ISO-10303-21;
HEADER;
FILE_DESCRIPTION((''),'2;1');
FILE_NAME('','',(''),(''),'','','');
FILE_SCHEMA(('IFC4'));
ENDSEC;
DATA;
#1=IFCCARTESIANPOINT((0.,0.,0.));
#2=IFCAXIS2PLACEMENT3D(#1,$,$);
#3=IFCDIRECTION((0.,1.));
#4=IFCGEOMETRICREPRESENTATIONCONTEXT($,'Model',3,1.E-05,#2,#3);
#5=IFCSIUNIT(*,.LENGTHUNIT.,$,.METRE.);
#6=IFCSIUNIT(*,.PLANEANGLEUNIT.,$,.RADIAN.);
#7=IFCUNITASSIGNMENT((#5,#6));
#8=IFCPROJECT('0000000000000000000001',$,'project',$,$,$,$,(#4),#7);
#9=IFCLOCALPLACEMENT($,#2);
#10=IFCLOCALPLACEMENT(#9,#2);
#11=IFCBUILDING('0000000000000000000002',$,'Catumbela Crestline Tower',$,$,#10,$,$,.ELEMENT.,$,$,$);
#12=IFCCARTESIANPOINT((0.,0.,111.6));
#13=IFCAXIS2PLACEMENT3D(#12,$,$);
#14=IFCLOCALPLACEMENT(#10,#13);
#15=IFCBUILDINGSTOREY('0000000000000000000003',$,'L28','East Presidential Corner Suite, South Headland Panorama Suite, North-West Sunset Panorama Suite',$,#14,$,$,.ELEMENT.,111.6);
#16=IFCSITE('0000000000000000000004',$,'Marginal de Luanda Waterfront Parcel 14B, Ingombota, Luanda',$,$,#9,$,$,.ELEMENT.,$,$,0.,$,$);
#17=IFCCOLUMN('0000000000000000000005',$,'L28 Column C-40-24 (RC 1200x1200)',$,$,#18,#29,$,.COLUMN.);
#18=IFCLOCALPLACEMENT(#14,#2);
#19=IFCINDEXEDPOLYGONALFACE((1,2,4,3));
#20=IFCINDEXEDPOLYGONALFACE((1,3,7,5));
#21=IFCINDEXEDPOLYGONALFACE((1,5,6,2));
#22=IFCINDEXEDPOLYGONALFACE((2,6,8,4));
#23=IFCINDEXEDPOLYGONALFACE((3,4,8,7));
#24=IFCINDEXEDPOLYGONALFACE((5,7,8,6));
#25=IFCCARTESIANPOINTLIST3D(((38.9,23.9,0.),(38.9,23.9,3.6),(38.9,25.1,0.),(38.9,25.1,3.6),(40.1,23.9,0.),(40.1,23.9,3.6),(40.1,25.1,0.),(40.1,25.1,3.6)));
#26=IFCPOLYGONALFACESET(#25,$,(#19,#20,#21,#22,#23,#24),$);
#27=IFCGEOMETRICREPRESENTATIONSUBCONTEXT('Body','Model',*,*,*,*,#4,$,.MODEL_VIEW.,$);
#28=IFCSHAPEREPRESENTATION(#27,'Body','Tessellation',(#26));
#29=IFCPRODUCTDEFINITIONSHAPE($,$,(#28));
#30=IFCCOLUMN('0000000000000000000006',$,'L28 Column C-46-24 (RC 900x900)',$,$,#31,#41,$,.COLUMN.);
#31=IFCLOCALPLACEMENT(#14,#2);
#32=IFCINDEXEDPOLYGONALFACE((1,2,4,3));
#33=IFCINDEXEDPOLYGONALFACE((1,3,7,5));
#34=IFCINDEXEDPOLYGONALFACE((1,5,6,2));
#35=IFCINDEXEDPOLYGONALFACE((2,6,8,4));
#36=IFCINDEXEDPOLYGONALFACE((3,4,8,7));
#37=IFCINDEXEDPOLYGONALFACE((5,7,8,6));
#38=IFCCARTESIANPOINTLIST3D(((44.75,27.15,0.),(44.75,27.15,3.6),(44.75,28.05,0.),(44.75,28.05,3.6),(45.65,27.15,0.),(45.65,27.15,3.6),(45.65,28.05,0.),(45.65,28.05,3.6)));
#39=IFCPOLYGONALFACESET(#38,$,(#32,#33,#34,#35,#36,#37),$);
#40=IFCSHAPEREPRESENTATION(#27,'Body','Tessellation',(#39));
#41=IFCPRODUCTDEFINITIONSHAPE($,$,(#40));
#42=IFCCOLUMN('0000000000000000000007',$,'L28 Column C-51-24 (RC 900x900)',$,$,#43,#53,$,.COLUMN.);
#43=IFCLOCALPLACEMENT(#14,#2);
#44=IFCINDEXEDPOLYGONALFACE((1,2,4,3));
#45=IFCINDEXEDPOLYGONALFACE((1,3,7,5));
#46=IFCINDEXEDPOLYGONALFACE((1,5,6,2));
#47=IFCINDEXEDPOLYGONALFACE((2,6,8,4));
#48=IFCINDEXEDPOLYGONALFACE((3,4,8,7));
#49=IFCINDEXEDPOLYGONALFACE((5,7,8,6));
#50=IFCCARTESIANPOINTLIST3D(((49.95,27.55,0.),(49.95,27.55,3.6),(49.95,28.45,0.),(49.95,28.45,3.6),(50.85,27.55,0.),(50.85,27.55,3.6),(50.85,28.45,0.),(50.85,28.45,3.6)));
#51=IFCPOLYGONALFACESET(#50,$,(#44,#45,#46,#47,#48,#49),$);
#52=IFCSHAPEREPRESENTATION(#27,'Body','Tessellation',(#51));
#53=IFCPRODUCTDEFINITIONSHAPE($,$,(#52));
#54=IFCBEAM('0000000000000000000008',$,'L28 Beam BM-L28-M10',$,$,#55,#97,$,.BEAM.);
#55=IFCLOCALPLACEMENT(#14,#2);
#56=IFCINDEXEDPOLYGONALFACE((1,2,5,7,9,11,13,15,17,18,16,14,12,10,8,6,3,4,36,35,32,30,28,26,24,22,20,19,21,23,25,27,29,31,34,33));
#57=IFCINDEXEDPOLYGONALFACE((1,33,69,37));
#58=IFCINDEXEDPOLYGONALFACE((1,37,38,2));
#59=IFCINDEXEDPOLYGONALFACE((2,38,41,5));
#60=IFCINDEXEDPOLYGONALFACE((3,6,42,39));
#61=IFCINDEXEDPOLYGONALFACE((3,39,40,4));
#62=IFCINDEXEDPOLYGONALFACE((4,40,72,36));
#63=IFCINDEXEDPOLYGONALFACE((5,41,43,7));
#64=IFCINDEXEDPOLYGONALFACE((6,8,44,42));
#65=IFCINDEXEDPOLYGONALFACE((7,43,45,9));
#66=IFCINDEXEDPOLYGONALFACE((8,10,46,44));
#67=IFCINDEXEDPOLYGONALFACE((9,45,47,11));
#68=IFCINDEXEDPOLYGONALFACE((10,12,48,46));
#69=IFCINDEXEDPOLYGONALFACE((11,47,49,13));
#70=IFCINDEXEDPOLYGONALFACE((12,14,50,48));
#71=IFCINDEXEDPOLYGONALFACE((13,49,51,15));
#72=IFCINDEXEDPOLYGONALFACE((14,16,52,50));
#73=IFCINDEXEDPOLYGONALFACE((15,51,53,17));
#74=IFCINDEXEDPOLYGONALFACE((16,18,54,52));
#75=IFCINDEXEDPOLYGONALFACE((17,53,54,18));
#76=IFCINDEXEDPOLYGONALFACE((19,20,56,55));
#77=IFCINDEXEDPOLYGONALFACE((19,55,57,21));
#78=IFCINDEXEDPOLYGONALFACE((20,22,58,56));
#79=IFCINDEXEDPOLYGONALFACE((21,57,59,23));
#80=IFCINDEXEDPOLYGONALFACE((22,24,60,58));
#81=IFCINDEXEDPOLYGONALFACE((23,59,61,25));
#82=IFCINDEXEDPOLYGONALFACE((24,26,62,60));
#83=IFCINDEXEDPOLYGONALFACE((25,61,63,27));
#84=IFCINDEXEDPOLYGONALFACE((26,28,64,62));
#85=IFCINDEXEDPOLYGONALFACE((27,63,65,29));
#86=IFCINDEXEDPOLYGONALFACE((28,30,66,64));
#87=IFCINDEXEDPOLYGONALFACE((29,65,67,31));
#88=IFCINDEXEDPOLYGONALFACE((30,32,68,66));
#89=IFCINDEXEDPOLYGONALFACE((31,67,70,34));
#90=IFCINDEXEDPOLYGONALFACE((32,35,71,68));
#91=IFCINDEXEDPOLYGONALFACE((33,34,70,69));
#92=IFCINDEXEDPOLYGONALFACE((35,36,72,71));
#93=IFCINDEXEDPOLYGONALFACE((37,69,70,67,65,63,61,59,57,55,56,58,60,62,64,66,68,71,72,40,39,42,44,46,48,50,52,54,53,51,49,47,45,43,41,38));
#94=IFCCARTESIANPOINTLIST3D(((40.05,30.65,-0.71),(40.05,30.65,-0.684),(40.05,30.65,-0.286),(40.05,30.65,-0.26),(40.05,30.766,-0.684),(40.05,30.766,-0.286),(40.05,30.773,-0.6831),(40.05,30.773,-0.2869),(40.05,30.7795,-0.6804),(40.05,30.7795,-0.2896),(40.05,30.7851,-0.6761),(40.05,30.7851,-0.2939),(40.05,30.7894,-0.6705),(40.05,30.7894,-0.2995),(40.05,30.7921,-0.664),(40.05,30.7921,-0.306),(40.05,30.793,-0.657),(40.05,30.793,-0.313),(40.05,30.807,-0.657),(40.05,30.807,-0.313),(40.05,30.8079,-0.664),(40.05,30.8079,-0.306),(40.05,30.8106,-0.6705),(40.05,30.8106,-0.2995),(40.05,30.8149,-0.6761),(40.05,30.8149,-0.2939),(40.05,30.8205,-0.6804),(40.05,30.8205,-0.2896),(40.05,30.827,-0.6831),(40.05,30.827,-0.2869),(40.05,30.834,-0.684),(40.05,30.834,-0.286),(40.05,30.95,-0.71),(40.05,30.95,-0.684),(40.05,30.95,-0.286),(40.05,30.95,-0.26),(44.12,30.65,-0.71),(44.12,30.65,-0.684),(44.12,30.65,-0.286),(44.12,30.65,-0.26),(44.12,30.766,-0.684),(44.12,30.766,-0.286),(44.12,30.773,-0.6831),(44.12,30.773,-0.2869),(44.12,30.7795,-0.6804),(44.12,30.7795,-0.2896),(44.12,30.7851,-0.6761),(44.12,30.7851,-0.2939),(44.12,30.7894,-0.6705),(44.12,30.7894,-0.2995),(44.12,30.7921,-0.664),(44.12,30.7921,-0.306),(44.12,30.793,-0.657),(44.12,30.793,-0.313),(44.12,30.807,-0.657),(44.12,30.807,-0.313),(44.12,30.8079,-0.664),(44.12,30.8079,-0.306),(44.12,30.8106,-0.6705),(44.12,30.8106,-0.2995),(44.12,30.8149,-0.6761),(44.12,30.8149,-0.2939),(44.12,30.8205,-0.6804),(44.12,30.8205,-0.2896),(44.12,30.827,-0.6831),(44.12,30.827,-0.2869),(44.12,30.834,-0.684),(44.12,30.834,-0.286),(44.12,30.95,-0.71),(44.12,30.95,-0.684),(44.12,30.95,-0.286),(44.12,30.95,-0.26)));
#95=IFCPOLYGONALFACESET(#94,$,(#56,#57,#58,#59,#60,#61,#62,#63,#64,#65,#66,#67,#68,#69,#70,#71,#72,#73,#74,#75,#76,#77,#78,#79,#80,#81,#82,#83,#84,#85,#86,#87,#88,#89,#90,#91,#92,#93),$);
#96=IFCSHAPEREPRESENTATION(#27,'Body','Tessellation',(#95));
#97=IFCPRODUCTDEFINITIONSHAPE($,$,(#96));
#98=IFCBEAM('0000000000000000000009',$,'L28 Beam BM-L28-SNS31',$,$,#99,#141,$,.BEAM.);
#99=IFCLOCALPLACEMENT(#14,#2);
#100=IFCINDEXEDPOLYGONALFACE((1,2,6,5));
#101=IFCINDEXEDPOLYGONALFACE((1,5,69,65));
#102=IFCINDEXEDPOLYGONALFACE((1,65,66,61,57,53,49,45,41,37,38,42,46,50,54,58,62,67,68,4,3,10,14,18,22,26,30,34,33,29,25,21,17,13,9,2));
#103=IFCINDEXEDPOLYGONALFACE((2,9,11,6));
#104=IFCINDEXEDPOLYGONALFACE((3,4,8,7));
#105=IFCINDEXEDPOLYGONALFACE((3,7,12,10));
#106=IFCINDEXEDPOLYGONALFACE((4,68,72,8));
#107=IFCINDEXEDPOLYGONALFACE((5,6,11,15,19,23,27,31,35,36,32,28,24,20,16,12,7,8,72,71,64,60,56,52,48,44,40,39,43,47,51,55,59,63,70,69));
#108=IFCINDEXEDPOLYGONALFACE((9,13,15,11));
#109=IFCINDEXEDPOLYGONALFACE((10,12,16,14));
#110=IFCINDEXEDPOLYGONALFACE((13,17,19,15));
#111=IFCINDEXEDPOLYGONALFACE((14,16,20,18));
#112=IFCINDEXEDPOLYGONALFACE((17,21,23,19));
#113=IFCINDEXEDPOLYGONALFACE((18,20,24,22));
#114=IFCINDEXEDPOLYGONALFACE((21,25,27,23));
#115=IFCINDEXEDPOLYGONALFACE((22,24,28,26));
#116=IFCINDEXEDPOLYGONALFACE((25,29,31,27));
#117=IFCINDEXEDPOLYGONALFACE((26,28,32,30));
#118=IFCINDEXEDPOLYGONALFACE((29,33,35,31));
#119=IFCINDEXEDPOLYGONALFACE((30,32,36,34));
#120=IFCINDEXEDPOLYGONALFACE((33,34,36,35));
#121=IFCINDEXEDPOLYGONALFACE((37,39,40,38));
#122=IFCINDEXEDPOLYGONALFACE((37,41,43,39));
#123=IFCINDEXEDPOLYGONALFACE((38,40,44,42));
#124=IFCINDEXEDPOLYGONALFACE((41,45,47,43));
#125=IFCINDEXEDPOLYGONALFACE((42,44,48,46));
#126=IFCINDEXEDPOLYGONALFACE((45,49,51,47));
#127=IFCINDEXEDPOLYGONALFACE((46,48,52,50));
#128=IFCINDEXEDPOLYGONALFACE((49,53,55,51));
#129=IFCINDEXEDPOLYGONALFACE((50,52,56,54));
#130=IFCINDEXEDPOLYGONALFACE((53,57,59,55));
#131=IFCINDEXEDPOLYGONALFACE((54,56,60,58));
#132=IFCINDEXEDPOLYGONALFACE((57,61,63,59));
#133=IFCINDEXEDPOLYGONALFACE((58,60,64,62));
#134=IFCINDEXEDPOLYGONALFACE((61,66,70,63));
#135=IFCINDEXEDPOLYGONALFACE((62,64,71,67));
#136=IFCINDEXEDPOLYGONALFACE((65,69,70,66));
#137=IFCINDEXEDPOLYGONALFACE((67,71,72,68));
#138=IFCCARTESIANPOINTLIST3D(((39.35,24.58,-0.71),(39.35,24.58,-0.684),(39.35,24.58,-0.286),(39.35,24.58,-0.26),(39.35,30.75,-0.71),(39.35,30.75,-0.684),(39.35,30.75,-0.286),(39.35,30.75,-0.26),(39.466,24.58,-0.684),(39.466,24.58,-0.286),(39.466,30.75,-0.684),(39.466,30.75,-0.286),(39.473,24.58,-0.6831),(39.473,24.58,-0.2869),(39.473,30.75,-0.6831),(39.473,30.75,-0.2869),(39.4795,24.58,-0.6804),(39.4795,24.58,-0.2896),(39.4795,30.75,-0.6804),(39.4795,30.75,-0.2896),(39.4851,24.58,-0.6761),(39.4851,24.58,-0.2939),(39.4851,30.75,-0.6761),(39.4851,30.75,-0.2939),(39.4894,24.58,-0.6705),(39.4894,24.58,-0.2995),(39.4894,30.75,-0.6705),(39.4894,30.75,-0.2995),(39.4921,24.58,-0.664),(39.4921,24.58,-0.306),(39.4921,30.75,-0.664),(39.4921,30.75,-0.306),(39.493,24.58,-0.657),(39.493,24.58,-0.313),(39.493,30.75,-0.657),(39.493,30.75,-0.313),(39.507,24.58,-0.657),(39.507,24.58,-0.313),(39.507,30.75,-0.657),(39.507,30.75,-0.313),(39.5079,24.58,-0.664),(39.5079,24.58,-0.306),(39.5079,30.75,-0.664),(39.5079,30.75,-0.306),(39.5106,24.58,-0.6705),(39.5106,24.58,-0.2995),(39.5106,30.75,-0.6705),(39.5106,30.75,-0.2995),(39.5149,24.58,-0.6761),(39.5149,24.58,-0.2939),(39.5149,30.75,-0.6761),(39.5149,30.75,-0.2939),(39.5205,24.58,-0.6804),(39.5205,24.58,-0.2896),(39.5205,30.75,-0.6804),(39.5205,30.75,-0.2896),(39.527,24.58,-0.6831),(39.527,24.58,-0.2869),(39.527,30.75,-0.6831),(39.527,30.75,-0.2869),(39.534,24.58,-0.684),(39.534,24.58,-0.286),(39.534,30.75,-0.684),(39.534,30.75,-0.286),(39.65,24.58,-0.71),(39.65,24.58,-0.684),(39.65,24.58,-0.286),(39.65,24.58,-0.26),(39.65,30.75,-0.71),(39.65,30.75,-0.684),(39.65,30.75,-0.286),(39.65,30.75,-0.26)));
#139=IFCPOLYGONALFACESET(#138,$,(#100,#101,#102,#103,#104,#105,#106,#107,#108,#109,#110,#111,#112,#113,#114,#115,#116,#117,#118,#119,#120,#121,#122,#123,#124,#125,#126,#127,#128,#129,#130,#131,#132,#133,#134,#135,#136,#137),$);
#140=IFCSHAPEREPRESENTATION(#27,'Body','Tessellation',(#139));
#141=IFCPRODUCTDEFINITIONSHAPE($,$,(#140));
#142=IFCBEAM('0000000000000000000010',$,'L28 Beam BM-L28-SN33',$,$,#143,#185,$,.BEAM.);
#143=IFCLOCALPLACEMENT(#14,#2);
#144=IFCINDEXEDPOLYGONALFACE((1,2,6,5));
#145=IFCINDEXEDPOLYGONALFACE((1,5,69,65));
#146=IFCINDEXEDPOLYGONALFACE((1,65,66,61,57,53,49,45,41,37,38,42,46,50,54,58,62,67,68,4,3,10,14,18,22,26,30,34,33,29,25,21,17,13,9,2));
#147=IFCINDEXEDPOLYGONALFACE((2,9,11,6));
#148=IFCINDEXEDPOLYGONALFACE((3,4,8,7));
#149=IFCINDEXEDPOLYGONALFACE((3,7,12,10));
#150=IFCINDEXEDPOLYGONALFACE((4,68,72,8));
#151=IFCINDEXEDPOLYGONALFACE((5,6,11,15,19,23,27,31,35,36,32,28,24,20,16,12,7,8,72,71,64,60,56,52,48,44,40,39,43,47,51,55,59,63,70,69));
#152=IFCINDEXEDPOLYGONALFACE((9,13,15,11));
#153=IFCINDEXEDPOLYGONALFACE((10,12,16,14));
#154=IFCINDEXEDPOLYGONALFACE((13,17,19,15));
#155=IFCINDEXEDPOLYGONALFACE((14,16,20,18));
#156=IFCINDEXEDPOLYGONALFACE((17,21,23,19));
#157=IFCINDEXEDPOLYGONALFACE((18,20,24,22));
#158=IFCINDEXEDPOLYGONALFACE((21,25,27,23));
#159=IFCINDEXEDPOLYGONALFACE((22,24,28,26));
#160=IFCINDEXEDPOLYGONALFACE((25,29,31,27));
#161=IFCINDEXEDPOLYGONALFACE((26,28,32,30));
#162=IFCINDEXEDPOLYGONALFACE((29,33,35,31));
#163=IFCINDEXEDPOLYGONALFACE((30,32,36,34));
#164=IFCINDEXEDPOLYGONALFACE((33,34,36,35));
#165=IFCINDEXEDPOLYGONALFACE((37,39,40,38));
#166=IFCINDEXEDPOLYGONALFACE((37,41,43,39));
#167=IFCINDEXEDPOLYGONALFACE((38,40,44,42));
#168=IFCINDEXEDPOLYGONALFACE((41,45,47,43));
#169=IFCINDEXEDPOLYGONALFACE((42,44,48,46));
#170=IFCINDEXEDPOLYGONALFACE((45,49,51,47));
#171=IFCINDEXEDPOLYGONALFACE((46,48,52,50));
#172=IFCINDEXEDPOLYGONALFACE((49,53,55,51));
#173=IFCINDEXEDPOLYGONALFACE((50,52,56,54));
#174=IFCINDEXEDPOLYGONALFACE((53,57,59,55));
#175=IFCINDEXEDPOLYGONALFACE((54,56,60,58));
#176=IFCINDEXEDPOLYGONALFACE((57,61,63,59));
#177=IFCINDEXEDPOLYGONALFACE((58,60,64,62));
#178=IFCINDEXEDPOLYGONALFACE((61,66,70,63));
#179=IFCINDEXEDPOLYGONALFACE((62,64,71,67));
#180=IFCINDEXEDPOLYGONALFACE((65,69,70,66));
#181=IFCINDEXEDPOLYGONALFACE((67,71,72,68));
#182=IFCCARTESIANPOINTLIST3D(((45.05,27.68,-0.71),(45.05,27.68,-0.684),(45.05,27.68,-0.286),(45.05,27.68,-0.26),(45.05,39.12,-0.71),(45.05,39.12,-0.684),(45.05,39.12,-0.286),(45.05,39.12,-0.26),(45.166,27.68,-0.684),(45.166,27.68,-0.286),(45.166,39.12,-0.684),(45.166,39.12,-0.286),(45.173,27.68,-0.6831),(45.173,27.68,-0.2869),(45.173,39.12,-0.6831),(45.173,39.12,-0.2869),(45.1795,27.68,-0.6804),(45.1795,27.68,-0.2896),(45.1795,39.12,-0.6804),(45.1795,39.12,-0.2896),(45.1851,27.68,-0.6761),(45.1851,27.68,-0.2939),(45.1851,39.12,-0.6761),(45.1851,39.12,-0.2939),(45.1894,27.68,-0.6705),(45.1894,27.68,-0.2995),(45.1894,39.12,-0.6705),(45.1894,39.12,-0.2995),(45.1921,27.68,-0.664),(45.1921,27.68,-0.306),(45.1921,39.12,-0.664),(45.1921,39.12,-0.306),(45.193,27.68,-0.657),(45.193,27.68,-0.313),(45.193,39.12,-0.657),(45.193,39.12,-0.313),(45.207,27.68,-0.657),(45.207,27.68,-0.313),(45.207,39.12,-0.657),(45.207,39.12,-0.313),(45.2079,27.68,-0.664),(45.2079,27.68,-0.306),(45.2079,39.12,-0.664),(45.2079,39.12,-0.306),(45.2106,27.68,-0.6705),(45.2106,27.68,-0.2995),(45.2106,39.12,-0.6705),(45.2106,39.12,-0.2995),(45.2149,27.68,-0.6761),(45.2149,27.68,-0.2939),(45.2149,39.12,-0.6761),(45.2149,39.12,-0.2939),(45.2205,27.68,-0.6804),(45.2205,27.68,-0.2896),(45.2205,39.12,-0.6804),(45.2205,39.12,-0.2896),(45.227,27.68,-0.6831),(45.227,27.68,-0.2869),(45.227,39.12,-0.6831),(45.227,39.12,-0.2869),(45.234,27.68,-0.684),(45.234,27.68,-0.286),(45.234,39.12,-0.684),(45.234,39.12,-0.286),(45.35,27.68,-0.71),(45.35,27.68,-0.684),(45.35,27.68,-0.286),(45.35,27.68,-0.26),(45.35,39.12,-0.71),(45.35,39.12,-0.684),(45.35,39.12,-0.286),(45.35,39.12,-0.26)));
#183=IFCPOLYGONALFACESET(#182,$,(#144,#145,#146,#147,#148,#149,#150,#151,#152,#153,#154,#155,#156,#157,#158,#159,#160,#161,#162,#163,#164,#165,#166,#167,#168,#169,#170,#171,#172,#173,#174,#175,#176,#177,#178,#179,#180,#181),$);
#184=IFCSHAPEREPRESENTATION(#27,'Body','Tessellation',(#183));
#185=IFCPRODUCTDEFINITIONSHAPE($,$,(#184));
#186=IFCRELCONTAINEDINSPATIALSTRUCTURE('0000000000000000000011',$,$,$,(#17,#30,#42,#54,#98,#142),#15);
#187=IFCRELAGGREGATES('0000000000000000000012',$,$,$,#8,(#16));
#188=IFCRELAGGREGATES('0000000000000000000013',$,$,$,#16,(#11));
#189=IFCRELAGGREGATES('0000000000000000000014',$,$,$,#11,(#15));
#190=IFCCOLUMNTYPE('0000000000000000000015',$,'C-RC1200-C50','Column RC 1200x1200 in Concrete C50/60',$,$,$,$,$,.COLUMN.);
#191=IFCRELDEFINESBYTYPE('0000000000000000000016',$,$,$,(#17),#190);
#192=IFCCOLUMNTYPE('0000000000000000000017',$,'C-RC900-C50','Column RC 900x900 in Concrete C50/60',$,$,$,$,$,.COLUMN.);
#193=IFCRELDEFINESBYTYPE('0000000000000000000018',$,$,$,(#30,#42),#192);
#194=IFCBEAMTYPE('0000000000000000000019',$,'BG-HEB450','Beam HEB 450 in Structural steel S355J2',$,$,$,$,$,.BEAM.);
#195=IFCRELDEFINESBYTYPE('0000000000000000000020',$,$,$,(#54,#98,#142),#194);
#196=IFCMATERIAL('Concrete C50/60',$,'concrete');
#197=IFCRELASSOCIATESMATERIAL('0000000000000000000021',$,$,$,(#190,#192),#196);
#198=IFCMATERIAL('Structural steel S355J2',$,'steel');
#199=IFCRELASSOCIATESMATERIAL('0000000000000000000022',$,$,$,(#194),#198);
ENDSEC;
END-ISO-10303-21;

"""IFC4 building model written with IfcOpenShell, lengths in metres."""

from ifc_helpers import new_model, si_unit, direction, frame, origin, origin_2d, place, context, subcontext, project, spatial, rectangle, i_section, extrude, material, material_profile, profile_set, type_object, element, save


model = new_model("IFC4")

# Units and contexts
model_context = context("Model", 3, precision=1e-05, world=origin(), true_north=direction((0.0, 1.0)))
body_context = subcontext(model_context, "Body", "Model", "MODEL_VIEW")
ifc_project = project(units=[si_unit("LENGTHUNIT", "METRE"), si_unit("PLANEANGLEUNIT", "RADIAN")], contexts=[model_context])

# Site, building, storey
site_placement = place(None, origin())
site = spatial("IfcSite", under=ifc_project, at=site_placement, Name="Marginal de Luanda Waterfront Parcel 14B, Ingombota, Luanda", CompositionType="ELEMENT", RefElevation=0.0)
building_placement = place(site_placement, origin())
building = spatial("IfcBuilding", under=site, at=building_placement, Name="Catumbela Crestline Tower", CompositionType="ELEMENT")
storey_placement = place(building_placement, frame((0.0, 0.0, 111.6)))
storey = spatial("IfcBuildingStorey", under=building, at=storey_placement, Name="L28", Description="East Presidential Corner Suite, South Headland Panorama Suite, North-West Sunset Panorama Suite", CompositionType="ELEMENT", Elevation=111.6)

# Columns
ifc_material_1 = material(Name="Concrete C50/60", Category="concrete")
ifc_material_profile_1 = material_profile(ifc_material_1, rectangle(XDim=1.2, YDim=1.2, at=origin_2d()), Name="RC 1200x1200")
ifc_profile_set_1 = profile_set([ifc_material_profile_1], Name="Concrete C50/60")
column_type_1 = type_object("IfcColumnType", Name="C-RC1200-C50", Description="Column RC 1200x1200 in Concrete C50/60", PredefinedType="COLUMN", material=ifc_profile_set_1)
column_placement = place(storey_placement, frame((39.5, 24.5, 0.0), z_axis=(0.0, 0.0, 1.0), x_axis=(1.0, 0.0, 0.0)))
element("IfcColumn", 1, at=column_placement, inside=storey, type_object=column_type_1, Name="L28 Column C-40-24 (RC 1200x1200)", PredefinedType="COLUMN", context=body_context, shape_type="SweptSolid", body=[
    extrude(rectangle(XDim=1.2, YDim=1.2, at=origin_2d()), origin(), (0.0, 0.0, 1.0), 3.6),
])
ifc_material_profile_2 = material_profile(ifc_material_1, rectangle(XDim=0.9, YDim=0.9, at=origin_2d()), Name="RC 900x900")
ifc_profile_set_2 = profile_set([ifc_material_profile_2], Name="Concrete C50/60")
column_type_2 = type_object("IfcColumnType", Name="C-RC900-C50", Description="Column RC 900x900 in Concrete C50/60", PredefinedType="COLUMN", material=ifc_profile_set_2)
for number, where, z_axis, x_axis, name in (
    (2, (45.2, 27.6, 0.0), (0.0, 0.0, 1.0), (1.0, 0.0, 0.0), "L28 Column C-46-24 (RC 900x900)"),
    (3, (50.4, 28.0, 0.0), (0.0, 0.0, 1.0), (1.0, 0.0, 0.0), "L28 Column C-51-24 (RC 900x900)"),
):
    element("IfcColumn", number, at=place(storey_placement, frame(where, z_axis=z_axis, x_axis=x_axis)), inside=storey, type_object=column_type_2, Name=name, PredefinedType="COLUMN", context=body_context, shape_type="SweptSolid", body=[
        extrude(rectangle(XDim=0.9, YDim=0.9, at=origin_2d()), origin(), (0.0, 0.0, 1.0), 3.6),
    ])

# Beams
ifc_material_2 = material(Name="Structural steel S355J2", Category="steel")
ifc_material_profile_3 = material_profile(ifc_material_2, i_section(OverallWidth=0.3, OverallDepth=0.45, WebThickness=0.014, FlangeThickness=0.026, FilletRadius=0.027, at=origin_2d()), Name="HEB 450")
ifc_profile_set_3 = profile_set([ifc_material_profile_3], Name="Structural steel S355J2")
beam_type_1 = type_object("IfcBeamType", Name="BG-HEB450", Description="Beam HEB 450 in Structural steel S355J2", PredefinedType="BEAM", material=ifc_profile_set_3)
beam_1_placement = place(storey_placement, frame((40.05, 30.8, -0.485), z_axis=(1.0, 0.0, 0.0), x_axis=(0.0, 1.0, 0.0)))
element("IfcBeam", 4, at=beam_1_placement, inside=storey, type_object=beam_type_1, Name="L28 Beam BM-L28-M10", PredefinedType="BEAM", context=body_context, shape_type="SweptSolid", body=[
    extrude(i_section(OverallWidth=0.3, OverallDepth=0.45, WebThickness=0.014, FlangeThickness=0.026, FilletRadius=0.027, at=origin_2d()), origin(), (0.0, 0.0, 1.0), 4.07),
])
beam_2_placement = place(storey_placement, frame((39.5, 24.58, -0.485), z_axis=(0.0, 1.0, 0.0), x_axis=(-1.0, 0.0, 0.0)))
element("IfcBeam", 5, at=beam_2_placement, inside=storey, type_object=beam_type_1, Name="L28 Beam BM-L28-SNS31", PredefinedType="BEAM", context=body_context, shape_type="SweptSolid", body=[
    extrude(i_section(OverallWidth=0.3, OverallDepth=0.45, WebThickness=0.014, FlangeThickness=0.026, FilletRadius=0.027, at=origin_2d()), origin(), (0.0, 0.0, 1.0), 6.17),
])
beam_3_placement = place(storey_placement, frame((45.2, 27.68, -0.485), z_axis=(0.0, 1.0, 0.0), x_axis=(-1.0, 0.0, 0.0)))
element("IfcBeam", 6, at=beam_3_placement, inside=storey, type_object=beam_type_1, Name="L28 Beam BM-L28-SN33", PredefinedType="BEAM", context=body_context, shape_type="SweptSolid", body=[
    extrude(i_section(OverallWidth=0.3, OverallDepth=0.45, WebThickness=0.014, FlangeThickness=0.026, FilletRadius=0.027, at=origin_2d()), origin(), (0.0, 0.0, 1.0), 11.44),
])

save(model, "model.ifc")
